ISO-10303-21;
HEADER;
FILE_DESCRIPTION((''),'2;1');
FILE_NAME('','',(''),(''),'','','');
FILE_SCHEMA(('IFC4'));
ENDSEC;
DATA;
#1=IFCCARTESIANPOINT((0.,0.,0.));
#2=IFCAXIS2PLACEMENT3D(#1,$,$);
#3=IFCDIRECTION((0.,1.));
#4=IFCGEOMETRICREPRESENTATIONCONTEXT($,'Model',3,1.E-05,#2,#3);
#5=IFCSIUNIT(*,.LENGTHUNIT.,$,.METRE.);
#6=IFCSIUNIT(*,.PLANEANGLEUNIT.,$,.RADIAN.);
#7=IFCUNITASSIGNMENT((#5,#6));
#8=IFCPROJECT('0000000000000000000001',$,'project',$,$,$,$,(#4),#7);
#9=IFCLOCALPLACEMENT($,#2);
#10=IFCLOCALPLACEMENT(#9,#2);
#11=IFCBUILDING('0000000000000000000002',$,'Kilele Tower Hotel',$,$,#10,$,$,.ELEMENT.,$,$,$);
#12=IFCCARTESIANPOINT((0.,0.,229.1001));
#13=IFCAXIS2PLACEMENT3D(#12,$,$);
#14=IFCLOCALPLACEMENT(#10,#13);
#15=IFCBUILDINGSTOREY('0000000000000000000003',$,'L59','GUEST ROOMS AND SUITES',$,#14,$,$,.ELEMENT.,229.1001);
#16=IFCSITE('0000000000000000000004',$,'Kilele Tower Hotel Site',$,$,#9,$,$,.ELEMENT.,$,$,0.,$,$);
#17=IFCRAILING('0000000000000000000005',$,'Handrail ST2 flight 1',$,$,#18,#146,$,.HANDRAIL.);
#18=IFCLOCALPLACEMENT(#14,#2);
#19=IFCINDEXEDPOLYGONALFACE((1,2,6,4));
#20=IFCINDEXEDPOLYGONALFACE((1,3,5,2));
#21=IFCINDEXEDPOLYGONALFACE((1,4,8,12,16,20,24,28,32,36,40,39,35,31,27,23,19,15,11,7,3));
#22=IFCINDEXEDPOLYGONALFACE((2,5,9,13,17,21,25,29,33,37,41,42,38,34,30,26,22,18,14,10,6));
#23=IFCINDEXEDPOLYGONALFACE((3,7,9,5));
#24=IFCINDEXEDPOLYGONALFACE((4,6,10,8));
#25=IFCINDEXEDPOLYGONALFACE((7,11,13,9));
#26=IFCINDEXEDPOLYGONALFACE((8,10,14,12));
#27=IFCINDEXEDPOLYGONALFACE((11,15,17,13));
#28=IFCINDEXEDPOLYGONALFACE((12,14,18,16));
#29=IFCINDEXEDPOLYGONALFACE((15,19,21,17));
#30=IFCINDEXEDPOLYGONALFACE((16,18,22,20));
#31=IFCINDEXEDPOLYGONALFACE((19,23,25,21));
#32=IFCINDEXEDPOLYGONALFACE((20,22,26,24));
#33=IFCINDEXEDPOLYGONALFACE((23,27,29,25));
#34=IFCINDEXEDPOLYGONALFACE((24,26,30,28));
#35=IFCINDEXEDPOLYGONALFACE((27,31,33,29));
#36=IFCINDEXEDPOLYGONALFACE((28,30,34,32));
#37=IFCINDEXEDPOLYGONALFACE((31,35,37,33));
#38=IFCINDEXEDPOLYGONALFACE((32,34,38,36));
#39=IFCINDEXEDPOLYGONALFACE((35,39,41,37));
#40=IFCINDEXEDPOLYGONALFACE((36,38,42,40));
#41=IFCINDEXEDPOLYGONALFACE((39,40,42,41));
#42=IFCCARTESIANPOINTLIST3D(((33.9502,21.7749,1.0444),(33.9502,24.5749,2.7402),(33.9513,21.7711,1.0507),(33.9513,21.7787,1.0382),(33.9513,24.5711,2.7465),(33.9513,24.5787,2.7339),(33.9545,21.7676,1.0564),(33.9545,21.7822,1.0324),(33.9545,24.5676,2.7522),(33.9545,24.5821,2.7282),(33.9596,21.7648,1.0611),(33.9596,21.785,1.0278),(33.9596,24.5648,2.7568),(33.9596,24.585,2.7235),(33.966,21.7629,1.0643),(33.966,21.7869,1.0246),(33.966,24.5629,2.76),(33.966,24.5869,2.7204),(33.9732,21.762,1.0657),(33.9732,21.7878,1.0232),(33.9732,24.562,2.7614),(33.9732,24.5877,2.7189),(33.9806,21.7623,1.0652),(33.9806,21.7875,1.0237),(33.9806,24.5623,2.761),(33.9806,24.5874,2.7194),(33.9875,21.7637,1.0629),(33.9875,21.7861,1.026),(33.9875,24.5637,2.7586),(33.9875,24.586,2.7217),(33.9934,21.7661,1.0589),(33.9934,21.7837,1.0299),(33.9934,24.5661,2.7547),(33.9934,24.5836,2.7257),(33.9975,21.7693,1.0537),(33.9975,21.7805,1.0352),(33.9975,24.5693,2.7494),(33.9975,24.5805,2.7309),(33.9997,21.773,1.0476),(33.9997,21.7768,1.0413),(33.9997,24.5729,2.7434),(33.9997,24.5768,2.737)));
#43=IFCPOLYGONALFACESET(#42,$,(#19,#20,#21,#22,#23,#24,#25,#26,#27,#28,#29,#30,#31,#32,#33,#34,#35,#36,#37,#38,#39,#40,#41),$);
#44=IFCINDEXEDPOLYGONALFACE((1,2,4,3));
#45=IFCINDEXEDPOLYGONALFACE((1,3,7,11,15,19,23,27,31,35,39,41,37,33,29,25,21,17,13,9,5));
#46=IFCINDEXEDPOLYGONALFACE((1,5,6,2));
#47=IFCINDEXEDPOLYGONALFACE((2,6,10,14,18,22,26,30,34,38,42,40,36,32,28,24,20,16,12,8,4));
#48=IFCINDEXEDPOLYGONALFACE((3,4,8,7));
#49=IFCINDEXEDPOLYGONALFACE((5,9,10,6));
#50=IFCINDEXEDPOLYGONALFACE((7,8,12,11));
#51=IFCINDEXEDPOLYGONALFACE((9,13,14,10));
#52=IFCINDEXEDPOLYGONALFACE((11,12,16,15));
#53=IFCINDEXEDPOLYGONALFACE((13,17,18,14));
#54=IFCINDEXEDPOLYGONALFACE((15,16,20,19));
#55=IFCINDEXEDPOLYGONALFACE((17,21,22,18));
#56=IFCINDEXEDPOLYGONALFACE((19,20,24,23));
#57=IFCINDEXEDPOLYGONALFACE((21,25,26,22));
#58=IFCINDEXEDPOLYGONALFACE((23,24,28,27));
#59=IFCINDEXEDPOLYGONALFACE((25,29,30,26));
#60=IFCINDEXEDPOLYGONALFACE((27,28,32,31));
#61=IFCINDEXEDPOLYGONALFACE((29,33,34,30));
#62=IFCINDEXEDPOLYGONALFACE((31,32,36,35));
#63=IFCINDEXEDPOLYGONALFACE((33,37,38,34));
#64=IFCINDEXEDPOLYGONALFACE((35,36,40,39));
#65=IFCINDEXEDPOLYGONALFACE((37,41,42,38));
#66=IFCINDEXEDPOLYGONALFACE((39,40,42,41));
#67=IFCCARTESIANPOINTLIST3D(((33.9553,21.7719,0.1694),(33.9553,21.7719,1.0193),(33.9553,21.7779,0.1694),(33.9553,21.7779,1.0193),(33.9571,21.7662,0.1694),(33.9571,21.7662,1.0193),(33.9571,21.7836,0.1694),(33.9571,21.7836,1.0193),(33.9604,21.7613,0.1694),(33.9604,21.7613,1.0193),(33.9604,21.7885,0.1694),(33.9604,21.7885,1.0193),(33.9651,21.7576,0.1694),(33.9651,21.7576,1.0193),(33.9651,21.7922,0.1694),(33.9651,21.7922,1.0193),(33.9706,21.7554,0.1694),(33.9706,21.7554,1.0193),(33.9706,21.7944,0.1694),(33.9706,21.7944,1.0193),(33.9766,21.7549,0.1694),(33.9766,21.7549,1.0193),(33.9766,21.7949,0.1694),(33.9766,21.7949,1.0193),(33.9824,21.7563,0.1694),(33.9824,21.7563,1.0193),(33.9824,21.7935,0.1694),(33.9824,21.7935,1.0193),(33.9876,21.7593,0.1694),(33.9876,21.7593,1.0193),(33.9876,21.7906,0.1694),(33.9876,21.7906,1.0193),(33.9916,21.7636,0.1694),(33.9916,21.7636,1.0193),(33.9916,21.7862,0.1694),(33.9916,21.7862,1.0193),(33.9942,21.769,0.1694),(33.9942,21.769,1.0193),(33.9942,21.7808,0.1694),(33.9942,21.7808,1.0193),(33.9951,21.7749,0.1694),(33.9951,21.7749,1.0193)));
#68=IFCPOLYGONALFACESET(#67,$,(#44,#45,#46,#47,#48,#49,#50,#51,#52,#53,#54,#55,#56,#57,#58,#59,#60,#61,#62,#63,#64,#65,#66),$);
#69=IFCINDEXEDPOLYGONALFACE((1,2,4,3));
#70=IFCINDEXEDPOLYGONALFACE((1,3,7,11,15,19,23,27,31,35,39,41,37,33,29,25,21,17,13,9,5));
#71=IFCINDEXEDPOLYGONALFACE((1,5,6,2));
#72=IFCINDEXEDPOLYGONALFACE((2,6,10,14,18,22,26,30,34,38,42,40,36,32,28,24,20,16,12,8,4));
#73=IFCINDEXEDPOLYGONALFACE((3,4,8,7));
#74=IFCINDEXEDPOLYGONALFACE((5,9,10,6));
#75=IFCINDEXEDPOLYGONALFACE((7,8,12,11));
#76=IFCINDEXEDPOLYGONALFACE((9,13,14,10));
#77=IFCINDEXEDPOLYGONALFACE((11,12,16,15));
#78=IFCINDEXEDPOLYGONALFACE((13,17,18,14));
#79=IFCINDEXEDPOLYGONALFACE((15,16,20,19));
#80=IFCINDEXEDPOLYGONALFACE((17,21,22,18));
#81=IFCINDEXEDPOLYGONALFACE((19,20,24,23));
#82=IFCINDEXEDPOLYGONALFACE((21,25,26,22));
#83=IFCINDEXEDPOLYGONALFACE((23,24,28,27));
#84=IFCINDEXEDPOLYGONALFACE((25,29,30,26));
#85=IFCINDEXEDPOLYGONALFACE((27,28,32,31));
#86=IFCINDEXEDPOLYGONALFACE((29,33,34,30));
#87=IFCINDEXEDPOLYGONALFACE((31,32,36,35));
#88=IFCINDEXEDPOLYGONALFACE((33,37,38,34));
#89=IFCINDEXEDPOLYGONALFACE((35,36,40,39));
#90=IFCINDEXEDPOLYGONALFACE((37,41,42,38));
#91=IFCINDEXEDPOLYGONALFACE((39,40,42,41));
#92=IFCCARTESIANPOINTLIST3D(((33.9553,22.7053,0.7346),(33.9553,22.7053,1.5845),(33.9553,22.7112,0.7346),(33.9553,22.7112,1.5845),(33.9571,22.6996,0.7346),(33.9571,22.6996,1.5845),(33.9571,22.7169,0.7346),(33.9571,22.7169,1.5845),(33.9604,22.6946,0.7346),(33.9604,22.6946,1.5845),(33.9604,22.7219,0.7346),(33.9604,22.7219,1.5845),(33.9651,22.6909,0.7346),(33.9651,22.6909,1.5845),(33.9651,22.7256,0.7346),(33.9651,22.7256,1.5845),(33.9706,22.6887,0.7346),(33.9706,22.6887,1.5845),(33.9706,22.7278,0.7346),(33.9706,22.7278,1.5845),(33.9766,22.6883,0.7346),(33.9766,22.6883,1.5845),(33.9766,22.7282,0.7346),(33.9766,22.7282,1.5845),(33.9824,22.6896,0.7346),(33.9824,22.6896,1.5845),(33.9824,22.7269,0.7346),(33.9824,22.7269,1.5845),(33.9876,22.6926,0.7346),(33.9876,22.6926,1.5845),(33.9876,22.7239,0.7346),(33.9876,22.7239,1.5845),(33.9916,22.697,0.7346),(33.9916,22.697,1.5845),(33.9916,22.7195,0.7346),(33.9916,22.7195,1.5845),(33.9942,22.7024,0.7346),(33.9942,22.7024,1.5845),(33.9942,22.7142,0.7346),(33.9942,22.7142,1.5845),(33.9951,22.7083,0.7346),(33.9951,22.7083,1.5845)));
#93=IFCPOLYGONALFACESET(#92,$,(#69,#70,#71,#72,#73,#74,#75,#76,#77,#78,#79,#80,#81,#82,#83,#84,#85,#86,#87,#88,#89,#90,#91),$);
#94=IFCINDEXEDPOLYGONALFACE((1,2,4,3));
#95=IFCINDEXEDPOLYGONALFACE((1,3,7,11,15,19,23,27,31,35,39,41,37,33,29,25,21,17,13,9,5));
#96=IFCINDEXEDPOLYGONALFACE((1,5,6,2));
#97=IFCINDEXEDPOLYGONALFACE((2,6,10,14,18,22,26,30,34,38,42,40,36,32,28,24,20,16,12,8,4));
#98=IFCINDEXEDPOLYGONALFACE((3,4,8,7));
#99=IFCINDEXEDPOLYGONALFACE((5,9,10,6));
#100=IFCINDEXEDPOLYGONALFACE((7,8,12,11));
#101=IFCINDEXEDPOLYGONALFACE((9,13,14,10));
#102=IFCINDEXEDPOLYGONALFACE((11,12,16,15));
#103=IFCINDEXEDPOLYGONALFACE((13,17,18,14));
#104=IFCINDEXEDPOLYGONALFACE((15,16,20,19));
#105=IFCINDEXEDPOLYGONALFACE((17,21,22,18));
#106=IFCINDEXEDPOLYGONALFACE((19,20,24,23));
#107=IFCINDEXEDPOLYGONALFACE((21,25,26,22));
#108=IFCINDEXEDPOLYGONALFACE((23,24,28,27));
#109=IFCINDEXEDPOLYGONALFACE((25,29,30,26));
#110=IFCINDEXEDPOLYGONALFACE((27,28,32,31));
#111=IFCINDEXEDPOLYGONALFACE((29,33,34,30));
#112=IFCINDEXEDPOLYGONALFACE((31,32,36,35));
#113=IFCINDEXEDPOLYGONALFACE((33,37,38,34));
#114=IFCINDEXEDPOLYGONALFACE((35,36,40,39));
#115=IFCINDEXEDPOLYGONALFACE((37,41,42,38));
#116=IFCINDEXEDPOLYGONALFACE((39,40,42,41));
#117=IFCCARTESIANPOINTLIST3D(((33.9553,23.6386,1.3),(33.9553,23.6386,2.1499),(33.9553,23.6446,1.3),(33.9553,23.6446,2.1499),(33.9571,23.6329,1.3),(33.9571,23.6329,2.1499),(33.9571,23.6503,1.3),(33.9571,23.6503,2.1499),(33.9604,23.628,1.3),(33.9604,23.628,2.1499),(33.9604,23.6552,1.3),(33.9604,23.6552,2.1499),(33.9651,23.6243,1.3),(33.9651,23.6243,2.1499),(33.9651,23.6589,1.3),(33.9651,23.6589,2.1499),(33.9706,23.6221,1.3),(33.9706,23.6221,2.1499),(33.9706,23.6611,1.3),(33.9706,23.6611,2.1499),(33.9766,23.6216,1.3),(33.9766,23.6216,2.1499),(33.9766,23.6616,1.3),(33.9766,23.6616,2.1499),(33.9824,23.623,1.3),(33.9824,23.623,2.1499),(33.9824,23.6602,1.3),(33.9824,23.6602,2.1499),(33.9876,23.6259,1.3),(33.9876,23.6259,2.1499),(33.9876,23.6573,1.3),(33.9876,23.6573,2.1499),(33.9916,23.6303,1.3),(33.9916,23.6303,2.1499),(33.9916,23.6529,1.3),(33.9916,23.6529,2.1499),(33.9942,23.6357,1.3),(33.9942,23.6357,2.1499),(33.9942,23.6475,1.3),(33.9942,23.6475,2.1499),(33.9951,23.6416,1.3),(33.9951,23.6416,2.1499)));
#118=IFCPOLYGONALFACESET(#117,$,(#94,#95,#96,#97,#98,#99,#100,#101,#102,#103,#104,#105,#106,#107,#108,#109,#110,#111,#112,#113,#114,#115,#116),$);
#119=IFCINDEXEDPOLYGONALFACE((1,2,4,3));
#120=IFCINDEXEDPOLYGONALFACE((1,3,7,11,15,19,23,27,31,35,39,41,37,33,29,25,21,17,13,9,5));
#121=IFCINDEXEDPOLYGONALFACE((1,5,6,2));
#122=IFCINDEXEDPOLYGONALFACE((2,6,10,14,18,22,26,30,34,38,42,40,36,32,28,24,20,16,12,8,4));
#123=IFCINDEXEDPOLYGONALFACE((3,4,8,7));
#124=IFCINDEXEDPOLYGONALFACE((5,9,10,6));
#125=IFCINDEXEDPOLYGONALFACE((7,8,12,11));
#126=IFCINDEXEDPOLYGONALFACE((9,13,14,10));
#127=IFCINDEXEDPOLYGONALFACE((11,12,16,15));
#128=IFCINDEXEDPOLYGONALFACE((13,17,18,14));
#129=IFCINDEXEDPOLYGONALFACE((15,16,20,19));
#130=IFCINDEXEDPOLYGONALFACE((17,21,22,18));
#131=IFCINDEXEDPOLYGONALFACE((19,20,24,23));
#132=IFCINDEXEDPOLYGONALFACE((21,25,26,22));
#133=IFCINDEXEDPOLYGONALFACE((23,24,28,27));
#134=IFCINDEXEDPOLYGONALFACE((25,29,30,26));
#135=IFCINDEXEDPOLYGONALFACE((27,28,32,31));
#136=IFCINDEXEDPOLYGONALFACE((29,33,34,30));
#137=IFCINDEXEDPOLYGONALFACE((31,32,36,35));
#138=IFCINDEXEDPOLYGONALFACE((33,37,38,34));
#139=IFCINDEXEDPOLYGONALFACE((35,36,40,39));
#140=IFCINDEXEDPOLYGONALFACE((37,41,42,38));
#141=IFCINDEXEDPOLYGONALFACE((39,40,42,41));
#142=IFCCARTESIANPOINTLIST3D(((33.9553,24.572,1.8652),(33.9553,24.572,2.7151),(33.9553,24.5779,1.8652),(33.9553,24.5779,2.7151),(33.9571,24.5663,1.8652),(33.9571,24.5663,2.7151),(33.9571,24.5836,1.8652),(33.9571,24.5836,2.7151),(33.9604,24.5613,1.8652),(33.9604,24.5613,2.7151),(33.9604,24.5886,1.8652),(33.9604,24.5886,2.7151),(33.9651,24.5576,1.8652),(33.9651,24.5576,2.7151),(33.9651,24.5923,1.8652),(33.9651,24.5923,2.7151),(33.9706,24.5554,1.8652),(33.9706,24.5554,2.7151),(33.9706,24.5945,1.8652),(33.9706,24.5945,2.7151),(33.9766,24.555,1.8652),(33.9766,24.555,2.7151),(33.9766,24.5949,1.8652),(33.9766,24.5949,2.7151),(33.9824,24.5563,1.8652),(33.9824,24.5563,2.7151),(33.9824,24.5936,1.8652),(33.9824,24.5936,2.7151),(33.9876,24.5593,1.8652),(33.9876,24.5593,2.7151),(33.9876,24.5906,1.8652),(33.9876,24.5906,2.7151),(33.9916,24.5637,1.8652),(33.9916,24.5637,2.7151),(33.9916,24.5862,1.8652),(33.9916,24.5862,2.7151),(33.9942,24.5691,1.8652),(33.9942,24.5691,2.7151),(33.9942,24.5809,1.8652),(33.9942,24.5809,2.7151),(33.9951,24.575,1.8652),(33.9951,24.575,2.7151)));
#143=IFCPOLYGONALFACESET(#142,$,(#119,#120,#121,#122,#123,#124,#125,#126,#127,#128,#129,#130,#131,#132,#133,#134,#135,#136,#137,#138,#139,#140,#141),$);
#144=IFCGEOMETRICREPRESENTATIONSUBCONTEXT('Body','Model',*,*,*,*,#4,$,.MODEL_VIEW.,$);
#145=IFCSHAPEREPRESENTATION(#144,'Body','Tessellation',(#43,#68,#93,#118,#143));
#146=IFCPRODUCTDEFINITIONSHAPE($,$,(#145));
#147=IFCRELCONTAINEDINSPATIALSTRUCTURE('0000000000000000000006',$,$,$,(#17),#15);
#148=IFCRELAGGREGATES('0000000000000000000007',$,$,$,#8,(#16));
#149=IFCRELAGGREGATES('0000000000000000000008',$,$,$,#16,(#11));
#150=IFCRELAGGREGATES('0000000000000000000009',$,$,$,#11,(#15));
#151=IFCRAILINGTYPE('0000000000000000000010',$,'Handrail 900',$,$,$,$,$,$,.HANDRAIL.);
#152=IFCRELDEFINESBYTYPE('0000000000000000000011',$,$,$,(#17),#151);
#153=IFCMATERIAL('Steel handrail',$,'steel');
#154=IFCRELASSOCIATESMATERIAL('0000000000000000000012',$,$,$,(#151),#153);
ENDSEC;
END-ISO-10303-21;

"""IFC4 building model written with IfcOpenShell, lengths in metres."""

from ifc_helpers import new_model, si_unit, direction, frame, origin, origin_2d, place, context, subcontext, project, spatial, circle, extrude, material, type_object, element, save


model = new_model("IFC4")

# Units and contexts
model_context = context("Model", 3, precision=1e-05, world=origin(), true_north=direction((0.0, 1.0)))
body_context = subcontext(model_context, "Body", "Model", "MODEL_VIEW")
ifc_project = project(units=[si_unit("LENGTHUNIT", "METRE"), si_unit("PLANEANGLEUNIT", "RADIAN")], contexts=[model_context])

# Site, building, storey
site_placement = place(None, origin())
site = spatial("IfcSite", under=ifc_project, at=site_placement, Name="Kilele Tower Hotel Site", CompositionType="ELEMENT", RefElevation=0.0)
building_placement = place(site_placement, origin())
building = spatial("IfcBuilding", under=site, at=building_placement, Name="Kilele Tower Hotel", CompositionType="ELEMENT")
storey_placement = place(building_placement, frame((0.0, 0.0, 229.1001)))
storey = spatial("IfcBuildingStorey", under=building, at=storey_placement, Name="L59", Description="GUEST ROOMS AND SUITES", CompositionType="ELEMENT", Elevation=229.1001)

# Railing
ifc_material_1 = material(Name="Steel handrail", Category="steel")
railing_type_1 = type_object("IfcRailingType", Name="Handrail 900", PredefinedType="HANDRAIL", material=ifc_material_1)
for number, where, name in (
    (1, (33.9751, 21.7749, 0.1694), "Handrail ST2 flight 1"),
):
    element("IfcRailing", number, at=place(storey_placement, frame(where)), inside=storey, type_object=railing_type_1, Name=name, PredefinedType="HANDRAIL", context=body_context, shape_type="SweptSolid", body=[
        extrude(circle(Radius=0.0249, at=origin_2d()), frame((0.0, 0.0, 0.875), z_axis=(0.0, 0.85536, 0.518034), x_axis=(-1.0, 0.0, 0.0)), (0.0, 0.0, 1.0), 3.2734),
        extrude(circle(Radius=0.02, at=origin_2d()), origin(), (0.0, 0.0, 1.0), 0.8499),
        extrude(circle(Radius=0.02, at=origin_2d()), frame((0.0, 0.9333, 0.5652)), (0.0, 0.0, 1.0), 0.8499),
        extrude(circle(Radius=0.02, at=origin_2d()), frame((0.0, 1.8667, 1.1306)), (0.0, 0.0, 1.0), 0.8499),
        extrude(circle(Radius=0.02, at=origin_2d()), frame((0.0, 2.8, 1.6958)), (0.0, 0.0, 1.0), 0.8499),
    ])

save(model, "model.ifc")
